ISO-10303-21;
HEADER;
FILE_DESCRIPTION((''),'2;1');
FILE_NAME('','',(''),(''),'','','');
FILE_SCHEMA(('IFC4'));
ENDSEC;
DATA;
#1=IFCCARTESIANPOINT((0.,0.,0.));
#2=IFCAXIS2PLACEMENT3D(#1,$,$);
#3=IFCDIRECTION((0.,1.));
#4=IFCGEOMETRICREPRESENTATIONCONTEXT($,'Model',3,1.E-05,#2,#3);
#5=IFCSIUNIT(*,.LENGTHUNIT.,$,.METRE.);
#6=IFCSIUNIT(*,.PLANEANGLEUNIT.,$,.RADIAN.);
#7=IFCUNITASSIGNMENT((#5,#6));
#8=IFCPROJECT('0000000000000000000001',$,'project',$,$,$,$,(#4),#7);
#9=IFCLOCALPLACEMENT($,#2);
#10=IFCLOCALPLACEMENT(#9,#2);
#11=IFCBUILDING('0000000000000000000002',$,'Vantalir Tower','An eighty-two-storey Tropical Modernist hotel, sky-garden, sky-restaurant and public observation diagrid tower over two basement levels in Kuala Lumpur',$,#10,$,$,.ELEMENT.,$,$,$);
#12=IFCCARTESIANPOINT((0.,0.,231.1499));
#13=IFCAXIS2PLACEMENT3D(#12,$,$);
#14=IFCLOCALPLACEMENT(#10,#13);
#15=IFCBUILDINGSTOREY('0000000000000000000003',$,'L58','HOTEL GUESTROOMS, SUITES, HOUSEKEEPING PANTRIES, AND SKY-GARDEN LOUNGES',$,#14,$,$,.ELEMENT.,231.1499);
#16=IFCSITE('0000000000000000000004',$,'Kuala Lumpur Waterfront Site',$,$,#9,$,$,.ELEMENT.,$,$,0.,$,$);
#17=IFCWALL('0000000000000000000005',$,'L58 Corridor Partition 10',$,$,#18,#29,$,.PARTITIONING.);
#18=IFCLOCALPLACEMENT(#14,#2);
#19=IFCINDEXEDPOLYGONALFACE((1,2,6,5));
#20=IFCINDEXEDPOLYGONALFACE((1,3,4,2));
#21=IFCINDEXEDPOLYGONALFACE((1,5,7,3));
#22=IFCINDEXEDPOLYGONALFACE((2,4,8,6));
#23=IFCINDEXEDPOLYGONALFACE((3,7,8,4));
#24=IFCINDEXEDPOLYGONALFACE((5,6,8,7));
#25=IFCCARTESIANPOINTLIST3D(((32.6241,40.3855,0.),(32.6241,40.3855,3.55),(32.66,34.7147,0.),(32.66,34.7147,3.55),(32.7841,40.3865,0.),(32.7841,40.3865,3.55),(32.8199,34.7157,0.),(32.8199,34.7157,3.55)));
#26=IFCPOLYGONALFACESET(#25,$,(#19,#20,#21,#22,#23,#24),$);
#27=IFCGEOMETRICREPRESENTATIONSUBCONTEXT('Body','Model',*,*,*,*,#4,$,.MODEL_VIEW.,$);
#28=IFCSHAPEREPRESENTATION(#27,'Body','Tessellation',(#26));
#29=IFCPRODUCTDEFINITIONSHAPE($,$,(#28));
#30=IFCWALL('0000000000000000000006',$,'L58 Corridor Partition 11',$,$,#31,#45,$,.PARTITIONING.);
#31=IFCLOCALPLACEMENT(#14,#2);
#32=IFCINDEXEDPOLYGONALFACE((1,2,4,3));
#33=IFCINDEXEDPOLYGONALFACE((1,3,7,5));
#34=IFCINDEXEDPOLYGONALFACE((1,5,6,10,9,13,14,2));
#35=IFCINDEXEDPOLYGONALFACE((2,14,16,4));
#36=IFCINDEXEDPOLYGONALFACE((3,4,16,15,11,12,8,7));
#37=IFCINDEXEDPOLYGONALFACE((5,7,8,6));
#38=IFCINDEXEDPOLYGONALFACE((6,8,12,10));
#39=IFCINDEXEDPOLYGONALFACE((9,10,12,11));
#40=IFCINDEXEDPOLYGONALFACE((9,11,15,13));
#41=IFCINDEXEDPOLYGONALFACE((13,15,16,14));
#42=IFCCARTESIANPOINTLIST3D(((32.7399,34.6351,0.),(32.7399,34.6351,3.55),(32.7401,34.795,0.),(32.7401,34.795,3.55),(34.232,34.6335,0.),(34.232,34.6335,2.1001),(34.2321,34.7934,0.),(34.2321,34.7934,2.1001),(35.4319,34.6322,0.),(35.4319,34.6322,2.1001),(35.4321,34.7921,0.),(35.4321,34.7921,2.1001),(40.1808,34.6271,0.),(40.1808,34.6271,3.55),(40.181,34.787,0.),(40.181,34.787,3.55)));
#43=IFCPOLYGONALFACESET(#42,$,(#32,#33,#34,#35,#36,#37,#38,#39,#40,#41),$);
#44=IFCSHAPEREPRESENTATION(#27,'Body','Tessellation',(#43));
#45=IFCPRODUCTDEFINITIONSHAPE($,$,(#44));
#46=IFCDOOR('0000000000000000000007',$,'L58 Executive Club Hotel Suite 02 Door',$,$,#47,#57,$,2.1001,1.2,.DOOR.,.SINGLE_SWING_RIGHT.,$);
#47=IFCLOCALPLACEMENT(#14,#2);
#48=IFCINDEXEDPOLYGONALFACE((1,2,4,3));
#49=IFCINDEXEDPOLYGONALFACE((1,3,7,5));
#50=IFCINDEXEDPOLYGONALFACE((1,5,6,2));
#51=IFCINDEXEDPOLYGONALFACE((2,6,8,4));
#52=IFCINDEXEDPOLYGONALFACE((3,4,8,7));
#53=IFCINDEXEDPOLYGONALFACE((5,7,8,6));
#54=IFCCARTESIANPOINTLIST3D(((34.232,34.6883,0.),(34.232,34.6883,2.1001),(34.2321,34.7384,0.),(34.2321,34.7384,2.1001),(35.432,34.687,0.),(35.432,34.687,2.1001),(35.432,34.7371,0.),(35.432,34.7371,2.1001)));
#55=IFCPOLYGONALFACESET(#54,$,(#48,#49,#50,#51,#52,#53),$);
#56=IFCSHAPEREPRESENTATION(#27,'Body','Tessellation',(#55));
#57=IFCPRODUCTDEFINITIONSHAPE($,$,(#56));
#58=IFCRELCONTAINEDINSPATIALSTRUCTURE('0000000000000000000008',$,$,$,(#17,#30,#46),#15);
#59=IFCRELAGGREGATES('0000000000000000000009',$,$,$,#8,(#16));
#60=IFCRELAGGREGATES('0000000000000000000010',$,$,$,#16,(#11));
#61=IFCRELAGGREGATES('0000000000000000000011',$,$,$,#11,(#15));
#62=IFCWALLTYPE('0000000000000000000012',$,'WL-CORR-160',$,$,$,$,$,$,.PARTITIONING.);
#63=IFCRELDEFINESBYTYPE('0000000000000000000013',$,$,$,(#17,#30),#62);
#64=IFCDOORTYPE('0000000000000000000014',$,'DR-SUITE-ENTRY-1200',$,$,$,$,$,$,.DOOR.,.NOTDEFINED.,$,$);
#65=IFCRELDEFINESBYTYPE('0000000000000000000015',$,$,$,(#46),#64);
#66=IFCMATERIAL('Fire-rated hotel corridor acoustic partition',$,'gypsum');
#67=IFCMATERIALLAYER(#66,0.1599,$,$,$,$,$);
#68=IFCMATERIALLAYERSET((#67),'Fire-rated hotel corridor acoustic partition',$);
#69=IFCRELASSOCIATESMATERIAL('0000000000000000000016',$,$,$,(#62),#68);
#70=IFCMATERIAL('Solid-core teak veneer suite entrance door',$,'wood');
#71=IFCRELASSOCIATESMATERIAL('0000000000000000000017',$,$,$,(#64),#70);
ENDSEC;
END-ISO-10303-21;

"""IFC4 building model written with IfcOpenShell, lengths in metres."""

from ifc_helpers import new_model, si_unit, direction, frame, frame_2d, origin, place, context, subcontext, project, spatial, rectangle, extrude, material, layer, layer_set, type_object, element, fill, save


model = new_model("IFC4")

# Units and contexts
model_context = context("Model", 3, precision=1e-05, world=origin(), true_north=direction((0.0, 1.0)))
body_context = subcontext(model_context, "Body", "Model", "MODEL_VIEW")
ifc_project = project(units=[si_unit("LENGTHUNIT", "METRE"), si_unit("PLANEANGLEUNIT", "RADIAN")], contexts=[model_context])

# Site, building, storey
site_placement = place(None, origin())
site = spatial("IfcSite", under=ifc_project, at=site_placement, Name="Kuala Lumpur Waterfront Site", CompositionType="ELEMENT", RefElevation=0.0)
building_placement = place(site_placement, origin())
building = spatial("IfcBuilding", under=site, at=building_placement, Name="Vantalir Tower", Description="An eighty-two-storey Tropical Modernist hotel, sky-garden, sky-restaurant and public observation diagrid tower over two basement levels in Kuala Lumpur", CompositionType="ELEMENT")
storey_placement = place(building_placement, frame((0.0, 0.0, 231.1499)))
storey = spatial("IfcBuildingStorey", under=building, at=storey_placement, Name="L58", Description="HOTEL GUESTROOMS, SUITES, HOUSEKEEPING PANTRIES, AND SKY-GARDEN LOUNGES", CompositionType="ELEMENT", Elevation=231.1499)

# Wall
ifc_material_1 = material(Name="Fire-rated hotel corridor acoustic partition", Category="gypsum")
ifc_layer_1 = layer(ifc_material_1, 0.1599)
ifc_layer_set_1 = layer_set([ifc_layer_1], Name="Fire-rated hotel corridor acoustic partition")
wall_type_1 = type_object("IfcWallType", Name="WL-CORR-160", PredefinedType="PARTITIONING", material=ifc_layer_set_1)
wall_1_placement = place(storey_placement, frame((32.7041, 40.386, 0.0), z_axis=(0.0, 0.0, 1.0), x_axis=(0.006328, -0.99998, 0.0)))
element("IfcWall", 1, at=wall_1_placement, inside=storey, type_object=wall_type_1, Name="L58 Corridor Partition 10", PredefinedType="PARTITIONING", context=body_context, shape_type="SweptSolid", body=[
    extrude(rectangle(XDim=5.6709, YDim=0.1599, at=frame_2d((2.8354, 0.0))), origin(), (0.0, 0.0, 1.0), 3.55),
])

# Wall, opening, door
wall_2_placement = place(storey_placement, frame((32.74, 34.7151, 0.0), z_axis=(0.0, 0.0, 1.0), x_axis=(0.999999, -0.001083, 0.0)))
wall_2 = element("IfcWall", 2, at=wall_2_placement, inside=storey, type_object=wall_type_1, Name="L58 Corridor Partition 11", PredefinedType="PARTITIONING", context=body_context, shape_type="SweptSolid", body=[
    extrude(rectangle(XDim=7.4409, YDim=0.1599, at=frame_2d((3.7205, 0.0))), origin(), (0.0, 0.0, 1.0), 3.55),
])
opening_1_placement = place(wall_2_placement, frame((1.4919, 0.0, 0.0)))
opening_1 = element("IfcOpeningElement", 3, at=opening_1_placement, cuts=wall_2, PredefinedType="OPENING", context=body_context, shape_type="SweptSolid", body=[
    extrude(rectangle(XDim=1.2, YDim=2.1001, at=frame_2d((0.6001, 1.05))), frame((0.0, 0.0898, 0.0), z_axis=(0.0, -1.0, 0.0), x_axis=(1.0, 0.0, 0.0)), (0.0, 0.0, 1.0), 0.1799),
])
ifc_material_2 = material(Name="Solid-core teak veneer suite entrance door", Category="wood")
door_type_1 = type_object("IfcDoorType", Name="DR-SUITE-ENTRY-1200", OperationType="NOTDEFINED", PredefinedType="DOOR", material=ifc_material_2)
door_1_placement = place(opening_1_placement, origin())
door_1 = element("IfcDoor", 4, at=door_1_placement, inside=storey, type_object=door_type_1, Name="L58 Executive Club Hotel Suite 02 Door", OperationType="SINGLE_SWING_RIGHT", OverallHeight=2.1001, OverallWidth=1.2, PredefinedType="DOOR", context=body_context, shape_type="SweptSolid", body=[
    extrude(rectangle(XDim=1.2, YDim=2.1001, at=frame_2d((0.6001, 1.05))), frame((0.0, 0.0249, 0.0), z_axis=(0.0, -1.0, 0.0), x_axis=(1.0, 0.0, 0.0)), (0.0, 0.0, 1.0), 0.05),
])
fill(opening_1, door_1)

save(model, "model.ifc")
